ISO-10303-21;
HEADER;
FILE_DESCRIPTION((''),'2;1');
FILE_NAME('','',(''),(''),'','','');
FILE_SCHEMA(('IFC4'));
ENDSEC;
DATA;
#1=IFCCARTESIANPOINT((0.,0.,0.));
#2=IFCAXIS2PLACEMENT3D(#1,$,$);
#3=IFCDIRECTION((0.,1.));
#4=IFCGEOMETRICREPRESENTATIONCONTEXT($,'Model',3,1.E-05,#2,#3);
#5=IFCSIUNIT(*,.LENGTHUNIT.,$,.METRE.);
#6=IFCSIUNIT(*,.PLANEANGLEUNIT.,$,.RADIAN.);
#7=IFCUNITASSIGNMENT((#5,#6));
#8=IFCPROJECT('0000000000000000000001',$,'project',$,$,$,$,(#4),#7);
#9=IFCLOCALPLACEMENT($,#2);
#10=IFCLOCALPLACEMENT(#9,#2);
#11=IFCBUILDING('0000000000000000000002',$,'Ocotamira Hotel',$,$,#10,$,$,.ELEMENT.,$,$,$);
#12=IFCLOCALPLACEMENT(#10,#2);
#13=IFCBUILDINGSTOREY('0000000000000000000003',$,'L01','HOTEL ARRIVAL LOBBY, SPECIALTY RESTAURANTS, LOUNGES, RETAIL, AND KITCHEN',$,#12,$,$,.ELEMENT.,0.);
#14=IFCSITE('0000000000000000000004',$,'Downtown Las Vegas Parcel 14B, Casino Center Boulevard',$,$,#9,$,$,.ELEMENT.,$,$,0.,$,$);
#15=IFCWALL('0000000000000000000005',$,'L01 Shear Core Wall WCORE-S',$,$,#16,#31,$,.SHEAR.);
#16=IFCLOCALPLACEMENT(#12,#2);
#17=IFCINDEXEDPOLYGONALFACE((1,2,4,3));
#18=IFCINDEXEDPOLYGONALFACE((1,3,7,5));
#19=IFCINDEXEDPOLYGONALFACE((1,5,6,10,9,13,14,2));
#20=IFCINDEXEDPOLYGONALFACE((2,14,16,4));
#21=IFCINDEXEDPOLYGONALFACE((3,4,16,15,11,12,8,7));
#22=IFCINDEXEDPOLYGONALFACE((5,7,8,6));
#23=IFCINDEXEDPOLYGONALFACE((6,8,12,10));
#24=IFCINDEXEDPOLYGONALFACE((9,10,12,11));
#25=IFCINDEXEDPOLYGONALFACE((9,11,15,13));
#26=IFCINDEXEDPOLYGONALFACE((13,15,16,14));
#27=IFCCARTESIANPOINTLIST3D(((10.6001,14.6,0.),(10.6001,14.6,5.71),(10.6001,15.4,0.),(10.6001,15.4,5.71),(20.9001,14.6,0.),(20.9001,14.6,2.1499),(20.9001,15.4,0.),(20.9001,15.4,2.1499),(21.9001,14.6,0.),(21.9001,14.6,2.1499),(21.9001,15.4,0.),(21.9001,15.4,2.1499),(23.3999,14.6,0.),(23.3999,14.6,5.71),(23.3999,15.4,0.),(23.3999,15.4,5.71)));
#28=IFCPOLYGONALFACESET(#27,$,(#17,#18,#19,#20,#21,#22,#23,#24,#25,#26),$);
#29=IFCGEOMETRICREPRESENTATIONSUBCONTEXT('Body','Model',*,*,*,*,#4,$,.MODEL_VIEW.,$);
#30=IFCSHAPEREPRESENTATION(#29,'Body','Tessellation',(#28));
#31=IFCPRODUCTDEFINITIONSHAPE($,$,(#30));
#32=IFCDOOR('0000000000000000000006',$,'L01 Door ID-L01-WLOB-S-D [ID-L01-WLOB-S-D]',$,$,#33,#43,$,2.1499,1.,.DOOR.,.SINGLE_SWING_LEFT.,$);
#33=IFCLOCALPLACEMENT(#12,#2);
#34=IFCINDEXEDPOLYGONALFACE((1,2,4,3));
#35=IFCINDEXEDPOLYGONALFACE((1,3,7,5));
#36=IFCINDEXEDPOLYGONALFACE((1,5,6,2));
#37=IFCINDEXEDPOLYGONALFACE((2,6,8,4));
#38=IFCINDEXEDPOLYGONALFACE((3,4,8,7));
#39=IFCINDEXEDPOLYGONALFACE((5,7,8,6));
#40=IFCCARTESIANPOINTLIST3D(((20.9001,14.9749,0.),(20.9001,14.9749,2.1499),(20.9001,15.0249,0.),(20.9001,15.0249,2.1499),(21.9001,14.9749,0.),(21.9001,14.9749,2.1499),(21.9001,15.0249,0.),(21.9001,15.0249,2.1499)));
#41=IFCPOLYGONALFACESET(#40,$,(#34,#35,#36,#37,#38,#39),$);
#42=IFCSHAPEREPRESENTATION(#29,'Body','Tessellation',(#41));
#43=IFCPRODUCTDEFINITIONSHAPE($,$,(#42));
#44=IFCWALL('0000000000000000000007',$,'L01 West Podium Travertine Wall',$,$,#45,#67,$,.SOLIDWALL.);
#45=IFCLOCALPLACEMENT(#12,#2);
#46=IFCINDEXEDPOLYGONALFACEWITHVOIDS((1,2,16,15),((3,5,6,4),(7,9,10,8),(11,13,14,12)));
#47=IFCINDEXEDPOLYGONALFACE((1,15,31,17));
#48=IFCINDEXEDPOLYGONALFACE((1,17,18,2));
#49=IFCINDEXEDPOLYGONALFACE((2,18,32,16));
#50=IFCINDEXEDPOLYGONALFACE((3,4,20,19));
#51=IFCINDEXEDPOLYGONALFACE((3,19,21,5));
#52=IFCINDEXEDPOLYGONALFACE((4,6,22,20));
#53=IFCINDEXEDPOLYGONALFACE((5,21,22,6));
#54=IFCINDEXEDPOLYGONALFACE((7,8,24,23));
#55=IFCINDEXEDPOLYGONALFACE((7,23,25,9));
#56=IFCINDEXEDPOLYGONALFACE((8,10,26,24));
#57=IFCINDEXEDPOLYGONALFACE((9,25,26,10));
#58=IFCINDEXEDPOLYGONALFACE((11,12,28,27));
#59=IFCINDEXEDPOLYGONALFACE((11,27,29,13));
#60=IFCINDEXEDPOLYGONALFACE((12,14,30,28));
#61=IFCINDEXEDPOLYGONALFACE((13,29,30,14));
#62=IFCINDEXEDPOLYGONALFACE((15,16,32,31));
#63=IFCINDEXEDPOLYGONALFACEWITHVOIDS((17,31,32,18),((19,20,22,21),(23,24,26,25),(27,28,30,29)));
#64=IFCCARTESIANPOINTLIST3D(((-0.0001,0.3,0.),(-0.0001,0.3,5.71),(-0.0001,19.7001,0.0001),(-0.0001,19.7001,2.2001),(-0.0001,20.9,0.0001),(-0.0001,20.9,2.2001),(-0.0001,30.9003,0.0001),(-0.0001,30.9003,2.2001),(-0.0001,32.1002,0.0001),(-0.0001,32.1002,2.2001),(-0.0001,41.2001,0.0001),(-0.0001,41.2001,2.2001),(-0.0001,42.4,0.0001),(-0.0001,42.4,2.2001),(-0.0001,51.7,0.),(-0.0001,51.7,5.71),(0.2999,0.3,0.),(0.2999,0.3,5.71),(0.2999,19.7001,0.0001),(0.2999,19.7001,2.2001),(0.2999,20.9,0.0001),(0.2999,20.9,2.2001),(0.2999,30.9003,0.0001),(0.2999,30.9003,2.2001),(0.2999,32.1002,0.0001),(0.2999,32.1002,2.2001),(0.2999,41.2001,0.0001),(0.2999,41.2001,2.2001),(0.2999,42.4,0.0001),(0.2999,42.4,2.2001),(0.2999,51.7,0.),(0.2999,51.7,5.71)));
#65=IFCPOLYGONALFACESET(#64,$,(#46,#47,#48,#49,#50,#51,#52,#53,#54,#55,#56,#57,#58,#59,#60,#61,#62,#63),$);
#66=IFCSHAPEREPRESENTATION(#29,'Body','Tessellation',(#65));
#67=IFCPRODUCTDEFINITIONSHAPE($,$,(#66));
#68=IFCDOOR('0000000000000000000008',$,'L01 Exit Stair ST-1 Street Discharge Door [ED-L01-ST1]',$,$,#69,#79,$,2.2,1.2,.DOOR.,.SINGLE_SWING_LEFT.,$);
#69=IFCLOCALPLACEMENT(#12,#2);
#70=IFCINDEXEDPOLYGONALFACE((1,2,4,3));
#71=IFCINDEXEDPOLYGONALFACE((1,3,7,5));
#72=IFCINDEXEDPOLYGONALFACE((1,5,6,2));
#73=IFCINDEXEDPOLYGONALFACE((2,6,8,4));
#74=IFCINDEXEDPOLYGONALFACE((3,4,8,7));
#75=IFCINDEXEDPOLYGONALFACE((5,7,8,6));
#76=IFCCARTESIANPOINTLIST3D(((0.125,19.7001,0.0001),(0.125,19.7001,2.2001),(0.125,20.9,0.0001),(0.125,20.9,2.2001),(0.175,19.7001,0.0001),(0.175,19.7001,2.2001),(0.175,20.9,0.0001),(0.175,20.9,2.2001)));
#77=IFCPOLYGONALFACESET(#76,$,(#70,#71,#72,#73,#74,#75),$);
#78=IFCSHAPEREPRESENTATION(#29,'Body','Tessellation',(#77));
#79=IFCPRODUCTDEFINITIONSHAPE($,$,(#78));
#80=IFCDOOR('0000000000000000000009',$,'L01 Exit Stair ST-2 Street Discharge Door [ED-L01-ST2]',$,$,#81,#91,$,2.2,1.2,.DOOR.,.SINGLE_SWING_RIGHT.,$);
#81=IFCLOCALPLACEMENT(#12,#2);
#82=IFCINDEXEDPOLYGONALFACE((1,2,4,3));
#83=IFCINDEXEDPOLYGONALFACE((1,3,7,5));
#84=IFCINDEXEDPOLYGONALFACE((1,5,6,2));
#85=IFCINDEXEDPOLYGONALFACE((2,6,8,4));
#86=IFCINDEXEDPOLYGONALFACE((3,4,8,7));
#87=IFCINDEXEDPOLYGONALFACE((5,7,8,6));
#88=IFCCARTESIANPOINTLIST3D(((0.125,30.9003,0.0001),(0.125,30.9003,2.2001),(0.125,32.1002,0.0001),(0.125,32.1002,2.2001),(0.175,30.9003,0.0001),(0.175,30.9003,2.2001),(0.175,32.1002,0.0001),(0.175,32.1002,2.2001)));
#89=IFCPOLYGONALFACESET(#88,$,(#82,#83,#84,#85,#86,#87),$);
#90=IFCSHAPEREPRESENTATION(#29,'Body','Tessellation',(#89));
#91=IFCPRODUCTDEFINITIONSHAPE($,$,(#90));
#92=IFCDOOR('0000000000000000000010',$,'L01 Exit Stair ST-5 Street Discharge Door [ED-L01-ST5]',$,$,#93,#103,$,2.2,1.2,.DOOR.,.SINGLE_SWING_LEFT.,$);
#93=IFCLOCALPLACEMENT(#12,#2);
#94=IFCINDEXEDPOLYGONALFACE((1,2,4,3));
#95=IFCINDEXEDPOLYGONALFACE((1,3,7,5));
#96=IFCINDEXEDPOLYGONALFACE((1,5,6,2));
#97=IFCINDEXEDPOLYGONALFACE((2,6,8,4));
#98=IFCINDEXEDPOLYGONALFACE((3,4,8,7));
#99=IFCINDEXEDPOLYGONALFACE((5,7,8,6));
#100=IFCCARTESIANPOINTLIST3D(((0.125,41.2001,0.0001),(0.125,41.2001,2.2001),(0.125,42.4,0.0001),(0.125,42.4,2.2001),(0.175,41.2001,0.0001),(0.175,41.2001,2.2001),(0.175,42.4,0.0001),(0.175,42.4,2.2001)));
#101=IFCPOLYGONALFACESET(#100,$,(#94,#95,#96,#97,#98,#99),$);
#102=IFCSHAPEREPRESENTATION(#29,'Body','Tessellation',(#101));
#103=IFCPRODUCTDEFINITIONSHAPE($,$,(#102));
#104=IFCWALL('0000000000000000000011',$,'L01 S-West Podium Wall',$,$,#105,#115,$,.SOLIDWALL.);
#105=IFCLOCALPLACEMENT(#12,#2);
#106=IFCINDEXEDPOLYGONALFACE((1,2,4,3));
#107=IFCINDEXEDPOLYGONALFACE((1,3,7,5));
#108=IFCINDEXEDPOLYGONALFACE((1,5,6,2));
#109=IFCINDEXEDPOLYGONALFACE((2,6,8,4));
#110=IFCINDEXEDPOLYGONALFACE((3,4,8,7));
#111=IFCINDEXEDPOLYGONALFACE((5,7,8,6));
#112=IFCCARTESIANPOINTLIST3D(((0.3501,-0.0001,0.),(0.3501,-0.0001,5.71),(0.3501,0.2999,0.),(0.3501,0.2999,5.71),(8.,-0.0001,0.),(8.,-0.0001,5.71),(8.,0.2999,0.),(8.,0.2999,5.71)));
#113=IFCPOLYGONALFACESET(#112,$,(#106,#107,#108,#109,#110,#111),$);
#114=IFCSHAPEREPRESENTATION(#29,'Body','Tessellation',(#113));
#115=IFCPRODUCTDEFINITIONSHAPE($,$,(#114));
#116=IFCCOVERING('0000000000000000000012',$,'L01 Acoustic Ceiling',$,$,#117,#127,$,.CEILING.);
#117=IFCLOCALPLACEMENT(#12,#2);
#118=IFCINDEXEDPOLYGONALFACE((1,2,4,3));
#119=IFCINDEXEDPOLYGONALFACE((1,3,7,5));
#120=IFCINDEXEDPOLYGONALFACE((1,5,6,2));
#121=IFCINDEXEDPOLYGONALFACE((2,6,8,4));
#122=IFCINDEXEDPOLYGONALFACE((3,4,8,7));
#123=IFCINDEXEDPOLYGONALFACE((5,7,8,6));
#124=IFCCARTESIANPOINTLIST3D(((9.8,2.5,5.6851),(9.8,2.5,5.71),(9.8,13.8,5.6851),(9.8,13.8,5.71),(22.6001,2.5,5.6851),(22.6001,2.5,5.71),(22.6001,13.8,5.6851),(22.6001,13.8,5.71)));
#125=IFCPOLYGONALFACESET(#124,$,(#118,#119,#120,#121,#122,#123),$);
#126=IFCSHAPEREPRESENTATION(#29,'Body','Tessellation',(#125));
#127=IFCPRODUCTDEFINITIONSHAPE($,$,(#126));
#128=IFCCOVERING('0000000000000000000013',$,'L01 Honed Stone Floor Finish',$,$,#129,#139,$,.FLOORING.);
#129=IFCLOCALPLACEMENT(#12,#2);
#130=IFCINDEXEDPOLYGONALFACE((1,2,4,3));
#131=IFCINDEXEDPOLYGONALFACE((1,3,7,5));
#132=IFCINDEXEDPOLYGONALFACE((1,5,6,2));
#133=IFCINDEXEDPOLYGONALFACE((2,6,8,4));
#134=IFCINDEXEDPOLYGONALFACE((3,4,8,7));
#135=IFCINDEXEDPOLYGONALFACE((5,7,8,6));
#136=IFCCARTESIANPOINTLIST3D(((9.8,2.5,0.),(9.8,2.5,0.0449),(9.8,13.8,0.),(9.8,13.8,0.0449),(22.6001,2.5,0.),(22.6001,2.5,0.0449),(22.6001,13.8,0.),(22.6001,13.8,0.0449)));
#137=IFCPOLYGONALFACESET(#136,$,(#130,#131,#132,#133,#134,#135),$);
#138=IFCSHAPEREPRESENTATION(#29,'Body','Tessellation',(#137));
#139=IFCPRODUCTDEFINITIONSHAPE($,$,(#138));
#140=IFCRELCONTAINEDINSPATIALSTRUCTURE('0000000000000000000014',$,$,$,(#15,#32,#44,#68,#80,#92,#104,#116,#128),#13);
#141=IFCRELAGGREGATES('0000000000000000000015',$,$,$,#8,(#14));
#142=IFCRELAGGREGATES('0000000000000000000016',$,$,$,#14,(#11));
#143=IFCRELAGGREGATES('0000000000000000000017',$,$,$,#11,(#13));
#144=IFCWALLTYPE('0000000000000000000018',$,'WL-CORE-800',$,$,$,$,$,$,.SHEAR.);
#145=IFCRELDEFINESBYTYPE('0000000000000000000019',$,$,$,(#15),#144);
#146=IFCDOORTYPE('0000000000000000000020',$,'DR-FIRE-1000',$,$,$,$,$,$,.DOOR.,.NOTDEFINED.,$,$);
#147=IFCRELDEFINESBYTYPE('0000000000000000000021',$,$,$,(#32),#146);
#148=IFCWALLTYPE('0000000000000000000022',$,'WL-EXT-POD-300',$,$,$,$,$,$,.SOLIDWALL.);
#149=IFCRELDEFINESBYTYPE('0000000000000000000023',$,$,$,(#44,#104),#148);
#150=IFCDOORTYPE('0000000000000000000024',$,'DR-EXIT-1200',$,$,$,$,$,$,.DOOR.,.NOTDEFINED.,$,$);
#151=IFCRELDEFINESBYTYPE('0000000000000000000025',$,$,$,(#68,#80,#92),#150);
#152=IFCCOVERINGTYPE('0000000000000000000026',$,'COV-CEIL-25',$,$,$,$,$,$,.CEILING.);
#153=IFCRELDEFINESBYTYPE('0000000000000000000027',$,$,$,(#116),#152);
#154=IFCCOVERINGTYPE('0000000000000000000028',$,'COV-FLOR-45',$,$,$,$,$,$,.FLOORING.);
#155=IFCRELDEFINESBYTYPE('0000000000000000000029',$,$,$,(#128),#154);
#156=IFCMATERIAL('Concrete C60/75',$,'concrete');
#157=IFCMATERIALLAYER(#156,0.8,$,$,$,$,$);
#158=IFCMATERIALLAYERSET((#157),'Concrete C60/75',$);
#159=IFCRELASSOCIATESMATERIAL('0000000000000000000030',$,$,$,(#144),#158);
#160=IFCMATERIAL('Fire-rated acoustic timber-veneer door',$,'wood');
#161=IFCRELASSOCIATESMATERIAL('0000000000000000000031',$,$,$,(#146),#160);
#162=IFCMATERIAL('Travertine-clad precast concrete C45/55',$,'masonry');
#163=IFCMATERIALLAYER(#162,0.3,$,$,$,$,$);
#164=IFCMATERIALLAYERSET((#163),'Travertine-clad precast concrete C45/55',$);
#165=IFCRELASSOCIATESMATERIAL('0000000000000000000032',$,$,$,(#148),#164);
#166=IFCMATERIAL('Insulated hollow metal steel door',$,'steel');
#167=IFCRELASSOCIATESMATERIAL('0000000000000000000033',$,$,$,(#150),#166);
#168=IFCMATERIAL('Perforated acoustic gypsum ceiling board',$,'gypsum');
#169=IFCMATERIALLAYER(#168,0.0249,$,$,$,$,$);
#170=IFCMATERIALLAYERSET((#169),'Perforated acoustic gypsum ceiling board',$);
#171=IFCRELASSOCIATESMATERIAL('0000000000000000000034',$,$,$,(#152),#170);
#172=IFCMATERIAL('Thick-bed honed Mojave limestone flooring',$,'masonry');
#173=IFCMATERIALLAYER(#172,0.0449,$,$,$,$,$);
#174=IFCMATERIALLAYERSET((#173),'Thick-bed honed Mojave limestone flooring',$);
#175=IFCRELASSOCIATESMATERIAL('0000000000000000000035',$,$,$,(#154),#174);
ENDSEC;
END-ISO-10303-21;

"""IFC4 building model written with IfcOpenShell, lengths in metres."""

from ifc_helpers import new_model, si_unit, direction, frame, frame_2d, origin, place, context, subcontext, project, spatial, polyline, rectangle, outline, extrude, source, transform, mapped, material, layer, layer_set, type_object, element, fill, save


model = new_model("IFC4")

# Units and contexts
model_context = context("Model", 3, precision=1e-05, world=origin(), true_north=direction((0.0, 1.0)))
body_context = subcontext(model_context, "Body", "Model", "MODEL_VIEW")
ifc_project = project(units=[si_unit("LENGTHUNIT", "METRE"), si_unit("PLANEANGLEUNIT", "RADIAN")], contexts=[model_context])

# Site, building, storey
site_placement = place(None, origin())
site = spatial("IfcSite", under=ifc_project, at=site_placement, Name="Downtown Las Vegas Parcel 14B, Casino Center Boulevard", CompositionType="ELEMENT", RefElevation=0.0)
building_placement = place(site_placement, origin())
building = spatial("IfcBuilding", under=site, at=building_placement, Name="Ocotamira Hotel", CompositionType="ELEMENT")
storey_placement = place(building_placement, origin())
storey = spatial("IfcBuildingStorey", under=building, at=storey_placement, Name="L01", Description="HOTEL ARRIVAL LOBBY, SPECIALTY RESTAURANTS, LOUNGES, RETAIL, AND KITCHEN", CompositionType="ELEMENT", Elevation=0.0)

# Shared definitions
ifc_material_1 = material(Name="Concrete C60/75", Category="concrete")

# Wall, opening, door
ifc_layer_1 = layer(ifc_material_1, 0.8)
ifc_layer_set_1 = layer_set([ifc_layer_1], Name="Concrete C60/75")
wall_type_1 = type_object("IfcWallType", Name="WL-CORE-800", PredefinedType="SHEAR", material=ifc_layer_set_1)
wall_1_placement = place(storey_placement, frame((10.6001, 15.0, 0.0), z_axis=(0.0, 0.0, 1.0), x_axis=(1.0, 0.0, 0.0)))
wall_1 = element("IfcWall", 1, at=wall_1_placement, inside=storey, type_object=wall_type_1, Name="L01 Shear Core Wall WCORE-S", PredefinedType="SHEAR", context=body_context, shape_type="SweptSolid", body=[
    extrude(rectangle(XDim=12.7998, YDim=0.8, at=frame_2d((6.3999, 0.0))), origin(), (0.0, 0.0, 1.0), 5.71),
])
opening_1_placement = place(wall_1_placement, frame((10.3, 0.0, 0.0)))
opening_1 = element("IfcOpeningElement", 2, at=opening_1_placement, cuts=wall_1, PredefinedType="OPENING", context=body_context, shape_type="SweptSolid", body=[
    extrude(rectangle(XDim=1.0, YDim=2.1499, at=frame_2d((0.5, 1.075))), frame((0.0, 0.4102, 0.0), z_axis=(0.0, -1.0, 0.0), x_axis=(1.0, 0.0, 0.0)), (0.0, 0.0, 1.0), 0.8201),
])
ifc_material_2 = material(Name="Fire-rated acoustic timber-veneer door", Category="wood")
door_type_1 = type_object("IfcDoorType", Name="DR-FIRE-1000", OperationType="NOTDEFINED", PredefinedType="DOOR", material=ifc_material_2)
shared_shape_1 = source(origin(), body_context, "Body", "SweptSolid", [
    extrude(rectangle(XDim=1.0, YDim=2.1499, at=frame_2d((0.5, 1.075))), frame((0.0, 0.0249, 0.0), z_axis=(0.0, -1.0, 0.0), x_axis=(1.0, 0.0, 0.0)), (0.0, 0.0, 1.0), 0.05),
])
door_1_placement = place(opening_1_placement, origin())
door_1 = element("IfcDoor", 3, at=door_1_placement, inside=storey, type_object=door_type_1, Name="L01 Door ID-L01-WLOB-S-D [ID-L01-WLOB-S-D]", OperationType="SINGLE_SWING_LEFT", OverallHeight=2.1499, OverallWidth=1.0, PredefinedType="DOOR", context=body_context, shape_type="MappedRepresentation", body=[
    mapped(shared_shape_1, transform((0.0, 0.0, 0.0), scale=1.0)),
])
fill(opening_1, door_1)

# Wall, openings, doors
ifc_material_3 = material(Name="Travertine-clad precast concrete C45/55", Category="masonry")
ifc_layer_2 = layer(ifc_material_3, 0.3)
ifc_layer_set_2 = layer_set([ifc_layer_2], Name="Travertine-clad precast concrete C45/55")
wall_type_2 = type_object("IfcWallType", Name="WL-EXT-POD-300", PredefinedType="SOLIDWALL", material=ifc_layer_set_2)
wall_2_placement = place(storey_placement, frame((0.1499, 0.3, 0.0), z_axis=(0.0, 0.0, 1.0), x_axis=(0.0, 1.0, 0.0)))
wall_2 = element("IfcWall", 4, at=wall_2_placement, inside=storey, type_object=wall_type_2, Name="L01 West Podium Travertine Wall", PredefinedType="SOLIDWALL", context=body_context, shape_type="SweptSolid", body=[
    extrude(rectangle(XDim=51.3999, YDim=0.3, at=frame_2d((25.7, 0.0))), origin(), (0.0, 0.0, 1.0), 5.71),
])
opening_2_placement = place(wall_2_placement, frame((19.3999, 0.0, 0.0)))
opening_2 = element("IfcOpeningElement", 5, at=opening_2_placement, cuts=wall_2, PredefinedType="OPENING", context=body_context, shape_type="SweptSolid", body=[
    extrude(rectangle(XDim=1.2, YDim=2.2, at=frame_2d((0.6001, 1.1001))), frame((0.0, 0.1602, 0.0), z_axis=(0.0, -1.0, 0.0), x_axis=(1.0, 0.0, 0.0)), (0.0, 0.0, 1.0), 0.3201),
])
opening_3_placement = place(wall_2_placement, frame((30.6001, 0.0, 0.0)))
opening_3 = element("IfcOpeningElement", 6, at=opening_3_placement, cuts=wall_2, PredefinedType="OPENING", context=body_context, shape_type="SweptSolid", body=[
    extrude(rectangle(XDim=1.2, YDim=2.2, at=frame_2d((0.6001, 1.1001))), frame((0.0, 0.1602, 0.0), z_axis=(0.0, -1.0, 0.0), x_axis=(1.0, 0.0, 0.0)), (0.0, 0.0, 1.0), 0.3201),
])
opening_4_placement = place(wall_2_placement, frame((40.8999, 0.0, 0.0)))
opening_4 = element("IfcOpeningElement", 7, at=opening_4_placement, cuts=wall_2, PredefinedType="OPENING", context=body_context, shape_type="SweptSolid", body=[
    extrude(rectangle(XDim=1.2, YDim=2.2, at=frame_2d((0.6001, 1.1001))), frame((0.0, 0.1602, 0.0), z_axis=(0.0, -1.0, 0.0), x_axis=(1.0, 0.0, 0.0)), (0.0, 0.0, 1.0), 0.3201),
])
ifc_material_4 = material(Name="Insulated hollow metal steel door", Category="steel")
door_type_2 = type_object("IfcDoorType", Name="DR-EXIT-1200", OperationType="NOTDEFINED", PredefinedType="DOOR", material=ifc_material_4)
shared_shape_2 = source(origin(), body_context, "Body", "SweptSolid", [
    extrude(rectangle(XDim=1.2, YDim=2.2, at=frame_2d((0.6001, 1.1001))), frame((0.0, 0.0249, 0.0), z_axis=(0.0, -1.0, 0.0), x_axis=(1.0, 0.0, 0.0)), (0.0, 0.0, 1.0), 0.05),
])
door_2_placement = place(opening_2_placement, origin())
door_2 = element("IfcDoor", 8, at=door_2_placement, inside=storey, type_object=door_type_2, Name="L01 Exit Stair ST-1 Street Discharge Door [ED-L01-ST1]", OperationType="SINGLE_SWING_LEFT", OverallHeight=2.2, OverallWidth=1.2, PredefinedType="DOOR", context=body_context, shape_type="MappedRepresentation", body=[
    mapped(shared_shape_2, transform((0.0, 0.0, 0.0), scale=1.0)),
])
fill(opening_2, door_2)
door_3_placement = place(opening_3_placement, origin())
door_3 = element("IfcDoor", 9, at=door_3_placement, inside=storey, type_object=door_type_2, Name="L01 Exit Stair ST-2 Street Discharge Door [ED-L01-ST2]", OperationType="SINGLE_SWING_RIGHT", OverallHeight=2.2, OverallWidth=1.2, PredefinedType="DOOR", context=body_context, shape_type="MappedRepresentation", body=[
    mapped(shared_shape_2, transform((0.0, 0.0, 0.0), scale=1.0)),
])
fill(opening_3, door_3)
door_4_placement = place(opening_4_placement, origin())
door_4 = element("IfcDoor", 10, at=door_4_placement, inside=storey, type_object=door_type_2, Name="L01 Exit Stair ST-5 Street Discharge Door [ED-L01-ST5]", OperationType="SINGLE_SWING_LEFT", OverallHeight=2.2, OverallWidth=1.2, PredefinedType="DOOR", context=body_context, shape_type="MappedRepresentation", body=[
    mapped(shared_shape_2, transform((0.0, 0.0, 0.0), scale=1.0)),
])
fill(opening_4, door_4)

# Wall
wall_3_placement = place(storey_placement, frame((8.0, 0.1499, 0.0), z_axis=(0.0, 0.0, 1.0), x_axis=(-1.0, 0.0, 0.0)))
element("IfcWall", 11, at=wall_3_placement, inside=storey, type_object=wall_type_2, Name="L01 S-West Podium Wall", PredefinedType="SOLIDWALL", context=body_context, shape_type="SweptSolid", body=[
    extrude(rectangle(XDim=7.6499, YDim=0.3, at=frame_2d((3.825, 0.0))), origin(), (0.0, 0.0, 1.0), 5.71),
])

# Coverings
ifc_material_5 = material(Name="Perforated acoustic gypsum ceiling board", Category="gypsum")
ifc_layer_3 = layer(ifc_material_5, 0.0249)
ifc_layer_set_3 = layer_set([ifc_layer_3], Name="Perforated acoustic gypsum ceiling board")
covering_type_1 = type_object("IfcCoveringType", Name="COV-CEIL-25", PredefinedType="CEILING", material=ifc_layer_set_3)
covering_1_placement = place(storey_placement, frame((0.0, 0.0, 5.6851)))
element("IfcCovering", 12, at=covering_1_placement, inside=storey, type_object=covering_type_1, Name="L01 Acoustic Ceiling", PredefinedType="CEILING", context=body_context, shape_type="SweptSolid", body=[
    extrude(outline(polyline([(9.8, 2.5), (22.6001, 2.5), (22.6001, 13.8), (9.8, 13.8), (9.8, 2.5)])), origin(), (0.0, 0.0, 1.0), 0.0249),
])
ifc_material_6 = material(Name="Thick-bed honed Mojave limestone flooring", Category="masonry")
ifc_layer_4 = layer(ifc_material_6, 0.0449)
ifc_layer_set_4 = layer_set([ifc_layer_4], Name="Thick-bed honed Mojave limestone flooring")
covering_type_2 = type_object("IfcCoveringType", Name="COV-FLOR-45", PredefinedType="FLOORING", material=ifc_layer_set_4)
covering_2_placement = place(storey_placement, origin())
element("IfcCovering", 13, at=covering_2_placement, inside=storey, type_object=covering_type_2, Name="L01 Honed Stone Floor Finish", PredefinedType="FLOORING", context=body_context, shape_type="SweptSolid", body=[
    extrude(outline(polyline([(9.8, 2.5), (22.6001, 2.5), (22.6001, 13.8), (9.8, 13.8), (9.8, 2.5)])), origin(), (0.0, 0.0, 1.0), 0.0449),
])

save(model, "model.ifc")
